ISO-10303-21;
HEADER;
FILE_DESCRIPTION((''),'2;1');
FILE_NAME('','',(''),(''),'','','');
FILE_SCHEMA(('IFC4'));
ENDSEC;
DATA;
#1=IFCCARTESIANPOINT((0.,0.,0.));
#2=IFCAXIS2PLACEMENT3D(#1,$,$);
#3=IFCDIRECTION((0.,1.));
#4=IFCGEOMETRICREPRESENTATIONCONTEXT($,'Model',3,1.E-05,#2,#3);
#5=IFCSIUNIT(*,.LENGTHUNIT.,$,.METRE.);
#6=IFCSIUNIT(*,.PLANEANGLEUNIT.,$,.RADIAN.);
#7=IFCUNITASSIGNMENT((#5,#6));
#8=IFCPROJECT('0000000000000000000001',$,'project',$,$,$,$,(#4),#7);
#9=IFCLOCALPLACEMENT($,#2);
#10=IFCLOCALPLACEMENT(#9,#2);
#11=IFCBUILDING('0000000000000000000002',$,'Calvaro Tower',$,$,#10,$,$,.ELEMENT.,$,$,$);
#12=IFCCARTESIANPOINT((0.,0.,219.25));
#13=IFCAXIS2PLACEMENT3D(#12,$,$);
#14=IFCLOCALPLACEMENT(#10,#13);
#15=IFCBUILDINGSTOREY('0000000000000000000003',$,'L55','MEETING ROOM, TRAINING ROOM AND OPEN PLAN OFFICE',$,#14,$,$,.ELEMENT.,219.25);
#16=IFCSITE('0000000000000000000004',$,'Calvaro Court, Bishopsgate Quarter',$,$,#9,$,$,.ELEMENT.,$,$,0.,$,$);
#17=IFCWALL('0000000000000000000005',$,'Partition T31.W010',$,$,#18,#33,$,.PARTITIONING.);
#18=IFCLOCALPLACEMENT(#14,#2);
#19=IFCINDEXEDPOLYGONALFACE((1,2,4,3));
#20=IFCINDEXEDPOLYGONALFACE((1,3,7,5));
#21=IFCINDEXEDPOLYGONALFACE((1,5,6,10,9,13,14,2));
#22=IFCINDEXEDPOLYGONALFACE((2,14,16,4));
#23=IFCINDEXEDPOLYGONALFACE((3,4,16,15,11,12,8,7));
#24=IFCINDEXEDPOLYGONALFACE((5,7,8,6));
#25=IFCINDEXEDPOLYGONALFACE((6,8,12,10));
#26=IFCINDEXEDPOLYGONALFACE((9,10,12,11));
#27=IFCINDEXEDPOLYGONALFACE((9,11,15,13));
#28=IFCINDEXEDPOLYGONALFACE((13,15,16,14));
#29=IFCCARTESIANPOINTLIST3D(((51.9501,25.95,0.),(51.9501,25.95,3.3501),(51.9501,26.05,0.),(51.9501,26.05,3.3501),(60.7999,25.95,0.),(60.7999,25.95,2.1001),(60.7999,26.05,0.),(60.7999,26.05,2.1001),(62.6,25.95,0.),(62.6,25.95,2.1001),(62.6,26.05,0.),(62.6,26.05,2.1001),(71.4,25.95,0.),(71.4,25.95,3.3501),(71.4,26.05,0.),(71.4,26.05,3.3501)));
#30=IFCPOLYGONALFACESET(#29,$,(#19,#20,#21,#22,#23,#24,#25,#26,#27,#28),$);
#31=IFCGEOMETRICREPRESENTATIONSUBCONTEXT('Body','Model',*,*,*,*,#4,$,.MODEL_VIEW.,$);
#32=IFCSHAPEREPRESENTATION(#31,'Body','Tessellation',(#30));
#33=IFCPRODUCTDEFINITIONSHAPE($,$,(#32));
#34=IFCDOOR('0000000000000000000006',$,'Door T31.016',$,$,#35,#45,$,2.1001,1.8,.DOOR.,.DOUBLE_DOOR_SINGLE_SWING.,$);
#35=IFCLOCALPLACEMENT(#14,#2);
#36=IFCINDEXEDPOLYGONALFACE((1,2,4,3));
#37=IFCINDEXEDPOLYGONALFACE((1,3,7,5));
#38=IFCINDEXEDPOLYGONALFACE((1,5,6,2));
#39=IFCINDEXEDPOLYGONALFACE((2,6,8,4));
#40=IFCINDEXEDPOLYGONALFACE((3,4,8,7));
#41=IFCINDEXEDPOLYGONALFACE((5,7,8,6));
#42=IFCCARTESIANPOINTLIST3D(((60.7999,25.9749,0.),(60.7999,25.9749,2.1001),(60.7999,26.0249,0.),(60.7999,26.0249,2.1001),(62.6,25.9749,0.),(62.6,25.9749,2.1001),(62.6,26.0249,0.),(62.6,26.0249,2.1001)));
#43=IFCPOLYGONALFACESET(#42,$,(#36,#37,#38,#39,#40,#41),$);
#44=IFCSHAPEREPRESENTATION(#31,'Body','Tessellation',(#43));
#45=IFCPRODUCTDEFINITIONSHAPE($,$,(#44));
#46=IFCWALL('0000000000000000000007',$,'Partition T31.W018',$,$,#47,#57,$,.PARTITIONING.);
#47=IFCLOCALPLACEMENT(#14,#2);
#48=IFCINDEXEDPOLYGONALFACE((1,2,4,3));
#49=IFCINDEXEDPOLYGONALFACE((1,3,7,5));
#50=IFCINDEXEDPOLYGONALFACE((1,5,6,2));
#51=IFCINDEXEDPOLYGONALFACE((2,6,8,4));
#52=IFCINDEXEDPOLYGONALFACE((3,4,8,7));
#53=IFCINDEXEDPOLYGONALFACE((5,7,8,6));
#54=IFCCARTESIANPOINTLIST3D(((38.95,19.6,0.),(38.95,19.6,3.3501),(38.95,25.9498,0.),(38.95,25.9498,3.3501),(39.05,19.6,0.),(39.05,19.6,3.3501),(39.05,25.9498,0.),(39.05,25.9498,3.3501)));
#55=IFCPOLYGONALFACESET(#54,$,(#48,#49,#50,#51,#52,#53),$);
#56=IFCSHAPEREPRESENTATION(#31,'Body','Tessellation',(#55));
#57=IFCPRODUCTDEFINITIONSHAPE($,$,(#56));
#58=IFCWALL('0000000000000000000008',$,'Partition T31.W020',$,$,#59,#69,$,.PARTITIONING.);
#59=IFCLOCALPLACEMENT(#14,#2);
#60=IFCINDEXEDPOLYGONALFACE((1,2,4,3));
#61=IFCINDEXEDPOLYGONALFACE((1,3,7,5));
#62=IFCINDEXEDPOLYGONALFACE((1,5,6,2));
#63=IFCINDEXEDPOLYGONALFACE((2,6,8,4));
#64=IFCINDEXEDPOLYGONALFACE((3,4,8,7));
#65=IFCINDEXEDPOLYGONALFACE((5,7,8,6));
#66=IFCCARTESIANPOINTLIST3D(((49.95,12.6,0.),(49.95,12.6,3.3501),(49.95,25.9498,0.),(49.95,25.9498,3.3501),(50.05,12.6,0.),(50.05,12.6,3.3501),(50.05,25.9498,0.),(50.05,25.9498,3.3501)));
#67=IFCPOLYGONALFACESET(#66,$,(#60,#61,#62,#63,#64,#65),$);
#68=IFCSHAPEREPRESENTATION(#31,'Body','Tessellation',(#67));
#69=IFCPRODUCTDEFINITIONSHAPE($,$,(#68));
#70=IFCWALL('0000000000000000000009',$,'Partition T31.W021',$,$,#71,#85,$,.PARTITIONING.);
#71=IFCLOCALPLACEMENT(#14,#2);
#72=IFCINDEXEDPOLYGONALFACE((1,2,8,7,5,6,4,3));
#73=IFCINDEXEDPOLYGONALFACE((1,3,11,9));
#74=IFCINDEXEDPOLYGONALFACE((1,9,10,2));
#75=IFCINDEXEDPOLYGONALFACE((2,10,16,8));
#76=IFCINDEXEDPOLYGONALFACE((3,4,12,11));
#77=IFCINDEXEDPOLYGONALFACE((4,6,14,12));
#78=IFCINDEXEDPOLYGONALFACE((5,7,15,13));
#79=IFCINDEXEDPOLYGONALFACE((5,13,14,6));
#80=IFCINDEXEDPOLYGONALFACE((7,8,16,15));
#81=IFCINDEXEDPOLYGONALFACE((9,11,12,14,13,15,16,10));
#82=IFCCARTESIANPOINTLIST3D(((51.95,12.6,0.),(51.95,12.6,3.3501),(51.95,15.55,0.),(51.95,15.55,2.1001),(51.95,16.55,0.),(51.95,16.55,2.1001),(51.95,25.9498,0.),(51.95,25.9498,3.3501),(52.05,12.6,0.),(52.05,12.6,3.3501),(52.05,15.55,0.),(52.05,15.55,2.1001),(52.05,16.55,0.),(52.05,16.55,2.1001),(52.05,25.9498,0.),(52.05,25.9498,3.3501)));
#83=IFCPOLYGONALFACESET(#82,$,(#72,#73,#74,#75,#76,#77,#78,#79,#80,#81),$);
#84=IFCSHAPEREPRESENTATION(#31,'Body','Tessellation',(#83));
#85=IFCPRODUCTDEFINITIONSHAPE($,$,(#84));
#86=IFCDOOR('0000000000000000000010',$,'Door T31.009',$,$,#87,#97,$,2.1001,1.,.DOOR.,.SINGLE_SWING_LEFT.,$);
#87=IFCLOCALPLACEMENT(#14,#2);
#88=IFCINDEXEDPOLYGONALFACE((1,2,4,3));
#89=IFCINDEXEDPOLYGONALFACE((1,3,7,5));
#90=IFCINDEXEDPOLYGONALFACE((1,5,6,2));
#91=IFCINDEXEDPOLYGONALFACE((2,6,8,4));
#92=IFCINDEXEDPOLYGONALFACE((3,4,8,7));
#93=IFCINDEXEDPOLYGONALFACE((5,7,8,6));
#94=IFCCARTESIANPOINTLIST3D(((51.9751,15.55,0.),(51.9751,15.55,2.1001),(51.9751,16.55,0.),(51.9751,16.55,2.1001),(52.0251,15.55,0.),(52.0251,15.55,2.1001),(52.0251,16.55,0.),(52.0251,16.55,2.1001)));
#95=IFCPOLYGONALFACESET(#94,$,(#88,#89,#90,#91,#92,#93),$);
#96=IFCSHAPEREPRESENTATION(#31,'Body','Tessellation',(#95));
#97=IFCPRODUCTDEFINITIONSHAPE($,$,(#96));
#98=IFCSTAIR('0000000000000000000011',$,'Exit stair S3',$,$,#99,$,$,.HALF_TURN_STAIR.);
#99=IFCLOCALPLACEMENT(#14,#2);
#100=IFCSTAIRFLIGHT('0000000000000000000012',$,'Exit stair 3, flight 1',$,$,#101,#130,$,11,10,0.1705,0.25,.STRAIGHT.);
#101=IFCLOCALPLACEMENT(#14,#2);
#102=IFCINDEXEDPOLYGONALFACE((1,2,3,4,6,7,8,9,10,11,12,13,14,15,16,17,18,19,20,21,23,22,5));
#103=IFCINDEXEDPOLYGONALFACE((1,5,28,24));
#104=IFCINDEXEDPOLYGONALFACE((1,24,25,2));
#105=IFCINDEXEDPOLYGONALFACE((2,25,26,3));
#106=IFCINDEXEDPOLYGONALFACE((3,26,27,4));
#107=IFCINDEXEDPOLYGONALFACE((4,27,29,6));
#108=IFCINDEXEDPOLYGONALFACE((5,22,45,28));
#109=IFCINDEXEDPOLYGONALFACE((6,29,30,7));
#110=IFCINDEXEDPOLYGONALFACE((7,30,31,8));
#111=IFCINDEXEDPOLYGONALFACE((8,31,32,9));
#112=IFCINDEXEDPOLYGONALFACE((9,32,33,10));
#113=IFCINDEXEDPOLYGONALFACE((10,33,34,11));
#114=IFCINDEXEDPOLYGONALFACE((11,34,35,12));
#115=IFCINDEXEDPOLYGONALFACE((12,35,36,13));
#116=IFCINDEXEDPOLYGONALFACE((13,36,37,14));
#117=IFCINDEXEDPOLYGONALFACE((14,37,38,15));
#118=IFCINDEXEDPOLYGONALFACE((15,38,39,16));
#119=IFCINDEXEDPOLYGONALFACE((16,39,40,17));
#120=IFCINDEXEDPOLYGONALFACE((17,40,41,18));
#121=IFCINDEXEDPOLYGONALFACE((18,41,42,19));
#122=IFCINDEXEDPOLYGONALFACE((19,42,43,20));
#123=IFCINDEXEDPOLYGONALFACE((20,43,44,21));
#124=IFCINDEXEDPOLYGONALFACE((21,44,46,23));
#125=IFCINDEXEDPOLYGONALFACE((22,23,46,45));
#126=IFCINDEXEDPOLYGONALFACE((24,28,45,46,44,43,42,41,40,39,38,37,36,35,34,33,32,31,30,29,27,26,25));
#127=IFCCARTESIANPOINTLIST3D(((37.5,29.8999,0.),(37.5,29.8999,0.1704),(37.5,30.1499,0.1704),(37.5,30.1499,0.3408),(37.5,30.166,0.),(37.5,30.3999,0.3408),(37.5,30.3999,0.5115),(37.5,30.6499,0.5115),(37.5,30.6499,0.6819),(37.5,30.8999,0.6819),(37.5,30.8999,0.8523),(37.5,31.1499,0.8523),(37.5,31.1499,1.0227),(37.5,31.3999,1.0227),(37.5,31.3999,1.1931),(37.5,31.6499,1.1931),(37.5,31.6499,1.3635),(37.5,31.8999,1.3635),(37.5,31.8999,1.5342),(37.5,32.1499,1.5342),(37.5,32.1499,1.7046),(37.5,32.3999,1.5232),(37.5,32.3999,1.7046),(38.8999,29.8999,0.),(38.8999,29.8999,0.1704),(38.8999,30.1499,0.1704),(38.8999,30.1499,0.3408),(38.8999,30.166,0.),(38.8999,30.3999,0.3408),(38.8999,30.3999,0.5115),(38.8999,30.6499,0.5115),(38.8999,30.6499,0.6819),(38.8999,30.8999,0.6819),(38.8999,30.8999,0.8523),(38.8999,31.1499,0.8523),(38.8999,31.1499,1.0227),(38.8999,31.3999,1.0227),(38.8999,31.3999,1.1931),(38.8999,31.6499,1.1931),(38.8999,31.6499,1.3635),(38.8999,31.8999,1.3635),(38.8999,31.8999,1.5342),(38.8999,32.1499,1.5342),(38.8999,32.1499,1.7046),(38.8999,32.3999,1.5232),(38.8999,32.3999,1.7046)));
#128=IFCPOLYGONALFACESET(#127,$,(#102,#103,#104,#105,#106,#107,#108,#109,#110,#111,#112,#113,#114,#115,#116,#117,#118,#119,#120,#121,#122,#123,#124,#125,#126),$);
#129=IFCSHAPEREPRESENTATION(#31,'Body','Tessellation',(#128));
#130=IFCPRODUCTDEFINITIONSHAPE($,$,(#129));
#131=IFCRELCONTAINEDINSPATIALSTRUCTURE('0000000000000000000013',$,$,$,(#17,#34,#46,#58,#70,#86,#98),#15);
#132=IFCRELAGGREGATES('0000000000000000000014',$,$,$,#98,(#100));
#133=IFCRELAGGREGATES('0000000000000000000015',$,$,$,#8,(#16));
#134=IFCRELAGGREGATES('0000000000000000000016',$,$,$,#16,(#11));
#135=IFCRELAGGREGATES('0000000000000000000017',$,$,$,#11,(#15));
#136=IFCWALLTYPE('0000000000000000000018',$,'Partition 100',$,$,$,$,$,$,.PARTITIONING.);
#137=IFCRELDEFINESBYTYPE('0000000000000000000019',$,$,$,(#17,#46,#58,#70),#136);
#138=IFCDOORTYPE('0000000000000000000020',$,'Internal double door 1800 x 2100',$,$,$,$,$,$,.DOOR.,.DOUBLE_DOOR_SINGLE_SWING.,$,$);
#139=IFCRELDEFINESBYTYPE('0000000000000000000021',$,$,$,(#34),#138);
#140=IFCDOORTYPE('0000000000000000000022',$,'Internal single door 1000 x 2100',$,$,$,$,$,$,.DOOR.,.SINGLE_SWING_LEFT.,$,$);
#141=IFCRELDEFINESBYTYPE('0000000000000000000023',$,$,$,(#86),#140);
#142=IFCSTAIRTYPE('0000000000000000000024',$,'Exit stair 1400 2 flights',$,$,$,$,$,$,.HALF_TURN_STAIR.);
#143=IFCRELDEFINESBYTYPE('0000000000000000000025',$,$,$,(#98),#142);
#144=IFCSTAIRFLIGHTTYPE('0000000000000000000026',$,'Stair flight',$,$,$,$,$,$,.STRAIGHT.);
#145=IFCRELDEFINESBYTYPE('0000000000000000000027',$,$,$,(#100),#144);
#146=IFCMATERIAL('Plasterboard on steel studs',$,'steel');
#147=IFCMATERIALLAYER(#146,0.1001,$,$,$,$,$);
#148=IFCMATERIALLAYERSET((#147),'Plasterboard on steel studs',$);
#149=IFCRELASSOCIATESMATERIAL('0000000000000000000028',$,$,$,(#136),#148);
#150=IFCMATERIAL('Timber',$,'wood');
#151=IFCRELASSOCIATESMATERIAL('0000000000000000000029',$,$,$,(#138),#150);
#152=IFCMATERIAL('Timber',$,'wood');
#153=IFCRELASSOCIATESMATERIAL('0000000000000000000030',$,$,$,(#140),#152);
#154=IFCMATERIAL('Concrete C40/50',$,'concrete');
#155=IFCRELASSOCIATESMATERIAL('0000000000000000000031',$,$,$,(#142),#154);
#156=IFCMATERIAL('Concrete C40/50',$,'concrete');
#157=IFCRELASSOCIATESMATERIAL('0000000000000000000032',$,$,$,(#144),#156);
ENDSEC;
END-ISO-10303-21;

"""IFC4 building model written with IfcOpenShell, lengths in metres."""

from ifc_helpers import new_model, si_unit, direction, frame, frame_2d, origin, place, context, subcontext, project, spatial, polyline, rectangle, outline, extrude, material, layer, layer_set, type_object, element, fill, aggregate, save


model = new_model("IFC4")

# Units and contexts
model_context = context("Model", 3, precision=1e-05, world=origin(), true_north=direction((0.0, 1.0)))
body_context = subcontext(model_context, "Body", "Model", "MODEL_VIEW")
ifc_project = project(units=[si_unit("LENGTHUNIT", "METRE"), si_unit("PLANEANGLEUNIT", "RADIAN")], contexts=[model_context])

# Site, building, storey
site_placement = place(None, origin())
site = spatial("IfcSite", under=ifc_project, at=site_placement, Name="Calvaro Court, Bishopsgate Quarter", CompositionType="ELEMENT", RefElevation=0.0)
building_placement = place(site_placement, origin())
building = spatial("IfcBuilding", under=site, at=building_placement, Name="Calvaro Tower", CompositionType="ELEMENT")
storey_placement = place(building_placement, frame((0.0, 0.0, 219.25)))
storey = spatial("IfcBuildingStorey", under=building, at=storey_placement, Name="L55", Description="MEETING ROOM, TRAINING ROOM AND OPEN PLAN OFFICE", CompositionType="ELEMENT", Elevation=219.25)

# Shared definitions
ifc_material_1 = material(Name="Plasterboard on steel studs", Category="steel")
ifc_layer_1 = layer(ifc_material_1, 0.1001)
ifc_layer_set_1 = layer_set([ifc_layer_1], Name="Plasterboard on steel studs")
wall_type_1 = type_object("IfcWallType", Name="Partition 100", PredefinedType="PARTITIONING", material=ifc_layer_set_1)
ifc_material_2 = material(Name="Timber", Category="wood")
door_type_1 = type_object("IfcDoorType", Name="Internal double door 1800 x 2100", OperationType="DOUBLE_DOOR_SINGLE_SWING", PredefinedType="DOOR", material=ifc_material_2)
ifc_material_3 = material(Name="Timber", Category="wood")
door_type_2 = type_object("IfcDoorType", Name="Internal single door 1000 x 2100", OperationType="SINGLE_SWING_LEFT", PredefinedType="DOOR", material=ifc_material_3)

# Wall, opening, door
wall_1_placement = place(storey_placement, frame((51.95, 26.0, 0.0), z_axis=(0.0, 0.0, 1.0), x_axis=(1.0, 0.0, 0.0)))
wall_1 = element("IfcWall", 1, at=wall_1_placement, inside=storey, type_object=wall_type_1, Name="Partition T31.W010", PredefinedType="PARTITIONING", context=body_context, shape_type="SweptSolid", body=[
    extrude(rectangle(XDim=19.45, YDim=0.1001, at=frame_2d((9.7251, 0.0))), origin(), (0.0, 0.0, 1.0), 3.3501),
])
opening_1_placement = place(wall_1_placement, frame((8.8501, 0.0, 0.0)))
opening_1 = element("IfcOpeningElement", 2, at=opening_1_placement, cuts=wall_1, PredefinedType="OPENING", context=body_context, shape_type="SweptSolid", body=[
    extrude(rectangle(XDim=1.8, YDim=2.1001, at=frame_2d((0.8999, 1.05))), frame((0.0, 0.0601, 0.0), z_axis=(0.0, -1.0, 0.0), x_axis=(1.0, 0.0, 0.0)), (0.0, 0.0, 1.0), 0.1201),
])
door_1_placement = place(opening_1_placement, origin())
door_1 = element("IfcDoor", 3, at=door_1_placement, inside=storey, type_object=door_type_1, Name="Door T31.016", OperationType="DOUBLE_DOOR_SINGLE_SWING", OverallHeight=2.1001, OverallWidth=1.8, PredefinedType="DOOR", context=body_context, shape_type="SweptSolid", body=[
    extrude(rectangle(XDim=1.8, YDim=2.1001, at=frame_2d((0.8999, 1.05))), frame((0.0, 0.0249, 0.0), z_axis=(0.0, -1.0, 0.0), x_axis=(1.0, 0.0, 0.0)), (0.0, 0.0, 1.0), 0.05),
])
fill(opening_1, door_1)

# Walls
wall_2_placement = place(storey_placement, frame((39.0, 19.6001, 0.0), z_axis=(0.0, 0.0, 1.0), x_axis=(0.0, 1.0, 0.0)))
element("IfcWall", 4, at=wall_2_placement, inside=storey, type_object=wall_type_1, Name="Partition T31.W018", PredefinedType="PARTITIONING", context=body_context, shape_type="SweptSolid", body=[
    extrude(rectangle(XDim=6.3499, YDim=0.1001, at=frame_2d((3.1748, 0.0))), origin(), (0.0, 0.0, 1.0), 3.3501),
])
wall_3_placement = place(storey_placement, frame((50.0, 12.6001, 0.0), z_axis=(0.0, 0.0, 1.0), x_axis=(0.0, 1.0, 0.0)))
element("IfcWall", 5, at=wall_3_placement, inside=storey, type_object=wall_type_1, Name="Partition T31.W020", PredefinedType="PARTITIONING", context=body_context, shape_type="SweptSolid", body=[
    extrude(rectangle(XDim=13.3499, YDim=0.1001, at=frame_2d((6.6748, 0.0))), origin(), (0.0, 0.0, 1.0), 3.3501),
])

# Wall, opening, door
wall_4_placement = place(storey_placement, frame((52.0, 12.6001, 0.0), z_axis=(0.0, 0.0, 1.0), x_axis=(0.0, 1.0, 0.0)))
wall_4 = element("IfcWall", 6, at=wall_4_placement, inside=storey, type_object=wall_type_1, Name="Partition T31.W021", PredefinedType="PARTITIONING", context=body_context, shape_type="SweptSolid", body=[
    extrude(rectangle(XDim=13.3499, YDim=0.1001, at=frame_2d((6.6748, 0.0))), origin(), (0.0, 0.0, 1.0), 3.3501),
])
opening_2_placement = place(wall_4_placement, frame((2.95, 0.0, 0.0)))
opening_2 = element("IfcOpeningElement", 7, at=opening_2_placement, cuts=wall_4, PredefinedType="OPENING", context=body_context, shape_type="SweptSolid", body=[
    extrude(rectangle(XDim=1.0, YDim=2.1001, at=frame_2d((0.5, 1.05))), frame((0.0, 0.0601, 0.0), z_axis=(0.0, -1.0, 0.0), x_axis=(1.0, 0.0, 0.0)), (0.0, 0.0, 1.0), 0.1201),
])
door_2_placement = place(opening_2_placement, origin())
door_2 = element("IfcDoor", 8, at=door_2_placement, inside=storey, type_object=door_type_2, Name="Door T31.009", OperationType="SINGLE_SWING_LEFT", OverallHeight=2.1001, OverallWidth=1.0, PredefinedType="DOOR", context=body_context, shape_type="SweptSolid", body=[
    extrude(rectangle(XDim=1.0, YDim=2.1001, at=frame_2d((0.5, 1.05))), frame((0.0, 0.0249, 0.0), z_axis=(0.0, -1.0, 0.0), x_axis=(1.0, 0.0, 0.0)), (0.0, 0.0, 1.0), 0.05),
])
fill(opening_2, door_2)

# Stair, stair flight
ifc_material_4 = material(Name="Concrete C40/50", Category="concrete")
stair_type = type_object("IfcStairType", Name="Exit stair 1400 2 flights", PredefinedType="HALF_TURN_STAIR", material=ifc_material_4)
stair_1_placement = place(storey_placement, origin())
stair_1 = element("IfcStair", 9, at=stair_1_placement, inside=storey, type_object=stair_type, Name="Exit stair S3", PredefinedType="HALF_TURN_STAIR")
ifc_material_5 = material(Name="Concrete C40/50", Category="concrete")
stair_flight_type = type_object("IfcStairFlightType", Name="Stair flight", PredefinedType="STRAIGHT", material=ifc_material_5)
stair_flight_placement = place(storey_placement, frame((38.2, 29.8999, 0.0), z_axis=(0.0, 0.0, 1.0), x_axis=(0.0, 1.0, 0.0)))
stair_flight = element("IfcStairFlight", 10, at=stair_flight_placement, type_object=stair_flight_type, Name="Exit stair 3, flight 1", NumberOfRisers=11, NumberOfTreads=10, PredefinedType="STRAIGHT", RiserHeight=0.1705, TreadLength=0.25, context=body_context, shape_type="SweptSolid", body=[
    extrude(outline(polyline([(0.0, 0.0), (0.0, 0.1704), (0.25, 0.1704), (0.25, 0.3408), (0.5, 0.3408), (0.5, 0.5115), (0.75, 0.5115), (0.75, 0.6819), (1.0, 0.6819), (1.0, 0.8523), (1.25, 0.8523), (1.25, 1.0227), (1.5, 1.0227), (1.5, 1.1931), (1.75, 1.1931), (1.75, 1.3635), (2.0, 1.3635), (2.0, 1.5342), (2.25, 1.5342), (2.25, 1.7046), (2.5, 1.7046), (2.5, 1.875), (2.5, 1.5232), (0.2661, 0.0), (0.0, 0.0)])), frame((0.0, 0.7, 0.0), z_axis=(0.0, -1.0, 0.0), x_axis=(1.0, 0.0, 0.0)), (0.0, 0.0, 1.0), 1.3999),
])
aggregate(stair_1, [stair_flight])

save(model, "model.ifc")
